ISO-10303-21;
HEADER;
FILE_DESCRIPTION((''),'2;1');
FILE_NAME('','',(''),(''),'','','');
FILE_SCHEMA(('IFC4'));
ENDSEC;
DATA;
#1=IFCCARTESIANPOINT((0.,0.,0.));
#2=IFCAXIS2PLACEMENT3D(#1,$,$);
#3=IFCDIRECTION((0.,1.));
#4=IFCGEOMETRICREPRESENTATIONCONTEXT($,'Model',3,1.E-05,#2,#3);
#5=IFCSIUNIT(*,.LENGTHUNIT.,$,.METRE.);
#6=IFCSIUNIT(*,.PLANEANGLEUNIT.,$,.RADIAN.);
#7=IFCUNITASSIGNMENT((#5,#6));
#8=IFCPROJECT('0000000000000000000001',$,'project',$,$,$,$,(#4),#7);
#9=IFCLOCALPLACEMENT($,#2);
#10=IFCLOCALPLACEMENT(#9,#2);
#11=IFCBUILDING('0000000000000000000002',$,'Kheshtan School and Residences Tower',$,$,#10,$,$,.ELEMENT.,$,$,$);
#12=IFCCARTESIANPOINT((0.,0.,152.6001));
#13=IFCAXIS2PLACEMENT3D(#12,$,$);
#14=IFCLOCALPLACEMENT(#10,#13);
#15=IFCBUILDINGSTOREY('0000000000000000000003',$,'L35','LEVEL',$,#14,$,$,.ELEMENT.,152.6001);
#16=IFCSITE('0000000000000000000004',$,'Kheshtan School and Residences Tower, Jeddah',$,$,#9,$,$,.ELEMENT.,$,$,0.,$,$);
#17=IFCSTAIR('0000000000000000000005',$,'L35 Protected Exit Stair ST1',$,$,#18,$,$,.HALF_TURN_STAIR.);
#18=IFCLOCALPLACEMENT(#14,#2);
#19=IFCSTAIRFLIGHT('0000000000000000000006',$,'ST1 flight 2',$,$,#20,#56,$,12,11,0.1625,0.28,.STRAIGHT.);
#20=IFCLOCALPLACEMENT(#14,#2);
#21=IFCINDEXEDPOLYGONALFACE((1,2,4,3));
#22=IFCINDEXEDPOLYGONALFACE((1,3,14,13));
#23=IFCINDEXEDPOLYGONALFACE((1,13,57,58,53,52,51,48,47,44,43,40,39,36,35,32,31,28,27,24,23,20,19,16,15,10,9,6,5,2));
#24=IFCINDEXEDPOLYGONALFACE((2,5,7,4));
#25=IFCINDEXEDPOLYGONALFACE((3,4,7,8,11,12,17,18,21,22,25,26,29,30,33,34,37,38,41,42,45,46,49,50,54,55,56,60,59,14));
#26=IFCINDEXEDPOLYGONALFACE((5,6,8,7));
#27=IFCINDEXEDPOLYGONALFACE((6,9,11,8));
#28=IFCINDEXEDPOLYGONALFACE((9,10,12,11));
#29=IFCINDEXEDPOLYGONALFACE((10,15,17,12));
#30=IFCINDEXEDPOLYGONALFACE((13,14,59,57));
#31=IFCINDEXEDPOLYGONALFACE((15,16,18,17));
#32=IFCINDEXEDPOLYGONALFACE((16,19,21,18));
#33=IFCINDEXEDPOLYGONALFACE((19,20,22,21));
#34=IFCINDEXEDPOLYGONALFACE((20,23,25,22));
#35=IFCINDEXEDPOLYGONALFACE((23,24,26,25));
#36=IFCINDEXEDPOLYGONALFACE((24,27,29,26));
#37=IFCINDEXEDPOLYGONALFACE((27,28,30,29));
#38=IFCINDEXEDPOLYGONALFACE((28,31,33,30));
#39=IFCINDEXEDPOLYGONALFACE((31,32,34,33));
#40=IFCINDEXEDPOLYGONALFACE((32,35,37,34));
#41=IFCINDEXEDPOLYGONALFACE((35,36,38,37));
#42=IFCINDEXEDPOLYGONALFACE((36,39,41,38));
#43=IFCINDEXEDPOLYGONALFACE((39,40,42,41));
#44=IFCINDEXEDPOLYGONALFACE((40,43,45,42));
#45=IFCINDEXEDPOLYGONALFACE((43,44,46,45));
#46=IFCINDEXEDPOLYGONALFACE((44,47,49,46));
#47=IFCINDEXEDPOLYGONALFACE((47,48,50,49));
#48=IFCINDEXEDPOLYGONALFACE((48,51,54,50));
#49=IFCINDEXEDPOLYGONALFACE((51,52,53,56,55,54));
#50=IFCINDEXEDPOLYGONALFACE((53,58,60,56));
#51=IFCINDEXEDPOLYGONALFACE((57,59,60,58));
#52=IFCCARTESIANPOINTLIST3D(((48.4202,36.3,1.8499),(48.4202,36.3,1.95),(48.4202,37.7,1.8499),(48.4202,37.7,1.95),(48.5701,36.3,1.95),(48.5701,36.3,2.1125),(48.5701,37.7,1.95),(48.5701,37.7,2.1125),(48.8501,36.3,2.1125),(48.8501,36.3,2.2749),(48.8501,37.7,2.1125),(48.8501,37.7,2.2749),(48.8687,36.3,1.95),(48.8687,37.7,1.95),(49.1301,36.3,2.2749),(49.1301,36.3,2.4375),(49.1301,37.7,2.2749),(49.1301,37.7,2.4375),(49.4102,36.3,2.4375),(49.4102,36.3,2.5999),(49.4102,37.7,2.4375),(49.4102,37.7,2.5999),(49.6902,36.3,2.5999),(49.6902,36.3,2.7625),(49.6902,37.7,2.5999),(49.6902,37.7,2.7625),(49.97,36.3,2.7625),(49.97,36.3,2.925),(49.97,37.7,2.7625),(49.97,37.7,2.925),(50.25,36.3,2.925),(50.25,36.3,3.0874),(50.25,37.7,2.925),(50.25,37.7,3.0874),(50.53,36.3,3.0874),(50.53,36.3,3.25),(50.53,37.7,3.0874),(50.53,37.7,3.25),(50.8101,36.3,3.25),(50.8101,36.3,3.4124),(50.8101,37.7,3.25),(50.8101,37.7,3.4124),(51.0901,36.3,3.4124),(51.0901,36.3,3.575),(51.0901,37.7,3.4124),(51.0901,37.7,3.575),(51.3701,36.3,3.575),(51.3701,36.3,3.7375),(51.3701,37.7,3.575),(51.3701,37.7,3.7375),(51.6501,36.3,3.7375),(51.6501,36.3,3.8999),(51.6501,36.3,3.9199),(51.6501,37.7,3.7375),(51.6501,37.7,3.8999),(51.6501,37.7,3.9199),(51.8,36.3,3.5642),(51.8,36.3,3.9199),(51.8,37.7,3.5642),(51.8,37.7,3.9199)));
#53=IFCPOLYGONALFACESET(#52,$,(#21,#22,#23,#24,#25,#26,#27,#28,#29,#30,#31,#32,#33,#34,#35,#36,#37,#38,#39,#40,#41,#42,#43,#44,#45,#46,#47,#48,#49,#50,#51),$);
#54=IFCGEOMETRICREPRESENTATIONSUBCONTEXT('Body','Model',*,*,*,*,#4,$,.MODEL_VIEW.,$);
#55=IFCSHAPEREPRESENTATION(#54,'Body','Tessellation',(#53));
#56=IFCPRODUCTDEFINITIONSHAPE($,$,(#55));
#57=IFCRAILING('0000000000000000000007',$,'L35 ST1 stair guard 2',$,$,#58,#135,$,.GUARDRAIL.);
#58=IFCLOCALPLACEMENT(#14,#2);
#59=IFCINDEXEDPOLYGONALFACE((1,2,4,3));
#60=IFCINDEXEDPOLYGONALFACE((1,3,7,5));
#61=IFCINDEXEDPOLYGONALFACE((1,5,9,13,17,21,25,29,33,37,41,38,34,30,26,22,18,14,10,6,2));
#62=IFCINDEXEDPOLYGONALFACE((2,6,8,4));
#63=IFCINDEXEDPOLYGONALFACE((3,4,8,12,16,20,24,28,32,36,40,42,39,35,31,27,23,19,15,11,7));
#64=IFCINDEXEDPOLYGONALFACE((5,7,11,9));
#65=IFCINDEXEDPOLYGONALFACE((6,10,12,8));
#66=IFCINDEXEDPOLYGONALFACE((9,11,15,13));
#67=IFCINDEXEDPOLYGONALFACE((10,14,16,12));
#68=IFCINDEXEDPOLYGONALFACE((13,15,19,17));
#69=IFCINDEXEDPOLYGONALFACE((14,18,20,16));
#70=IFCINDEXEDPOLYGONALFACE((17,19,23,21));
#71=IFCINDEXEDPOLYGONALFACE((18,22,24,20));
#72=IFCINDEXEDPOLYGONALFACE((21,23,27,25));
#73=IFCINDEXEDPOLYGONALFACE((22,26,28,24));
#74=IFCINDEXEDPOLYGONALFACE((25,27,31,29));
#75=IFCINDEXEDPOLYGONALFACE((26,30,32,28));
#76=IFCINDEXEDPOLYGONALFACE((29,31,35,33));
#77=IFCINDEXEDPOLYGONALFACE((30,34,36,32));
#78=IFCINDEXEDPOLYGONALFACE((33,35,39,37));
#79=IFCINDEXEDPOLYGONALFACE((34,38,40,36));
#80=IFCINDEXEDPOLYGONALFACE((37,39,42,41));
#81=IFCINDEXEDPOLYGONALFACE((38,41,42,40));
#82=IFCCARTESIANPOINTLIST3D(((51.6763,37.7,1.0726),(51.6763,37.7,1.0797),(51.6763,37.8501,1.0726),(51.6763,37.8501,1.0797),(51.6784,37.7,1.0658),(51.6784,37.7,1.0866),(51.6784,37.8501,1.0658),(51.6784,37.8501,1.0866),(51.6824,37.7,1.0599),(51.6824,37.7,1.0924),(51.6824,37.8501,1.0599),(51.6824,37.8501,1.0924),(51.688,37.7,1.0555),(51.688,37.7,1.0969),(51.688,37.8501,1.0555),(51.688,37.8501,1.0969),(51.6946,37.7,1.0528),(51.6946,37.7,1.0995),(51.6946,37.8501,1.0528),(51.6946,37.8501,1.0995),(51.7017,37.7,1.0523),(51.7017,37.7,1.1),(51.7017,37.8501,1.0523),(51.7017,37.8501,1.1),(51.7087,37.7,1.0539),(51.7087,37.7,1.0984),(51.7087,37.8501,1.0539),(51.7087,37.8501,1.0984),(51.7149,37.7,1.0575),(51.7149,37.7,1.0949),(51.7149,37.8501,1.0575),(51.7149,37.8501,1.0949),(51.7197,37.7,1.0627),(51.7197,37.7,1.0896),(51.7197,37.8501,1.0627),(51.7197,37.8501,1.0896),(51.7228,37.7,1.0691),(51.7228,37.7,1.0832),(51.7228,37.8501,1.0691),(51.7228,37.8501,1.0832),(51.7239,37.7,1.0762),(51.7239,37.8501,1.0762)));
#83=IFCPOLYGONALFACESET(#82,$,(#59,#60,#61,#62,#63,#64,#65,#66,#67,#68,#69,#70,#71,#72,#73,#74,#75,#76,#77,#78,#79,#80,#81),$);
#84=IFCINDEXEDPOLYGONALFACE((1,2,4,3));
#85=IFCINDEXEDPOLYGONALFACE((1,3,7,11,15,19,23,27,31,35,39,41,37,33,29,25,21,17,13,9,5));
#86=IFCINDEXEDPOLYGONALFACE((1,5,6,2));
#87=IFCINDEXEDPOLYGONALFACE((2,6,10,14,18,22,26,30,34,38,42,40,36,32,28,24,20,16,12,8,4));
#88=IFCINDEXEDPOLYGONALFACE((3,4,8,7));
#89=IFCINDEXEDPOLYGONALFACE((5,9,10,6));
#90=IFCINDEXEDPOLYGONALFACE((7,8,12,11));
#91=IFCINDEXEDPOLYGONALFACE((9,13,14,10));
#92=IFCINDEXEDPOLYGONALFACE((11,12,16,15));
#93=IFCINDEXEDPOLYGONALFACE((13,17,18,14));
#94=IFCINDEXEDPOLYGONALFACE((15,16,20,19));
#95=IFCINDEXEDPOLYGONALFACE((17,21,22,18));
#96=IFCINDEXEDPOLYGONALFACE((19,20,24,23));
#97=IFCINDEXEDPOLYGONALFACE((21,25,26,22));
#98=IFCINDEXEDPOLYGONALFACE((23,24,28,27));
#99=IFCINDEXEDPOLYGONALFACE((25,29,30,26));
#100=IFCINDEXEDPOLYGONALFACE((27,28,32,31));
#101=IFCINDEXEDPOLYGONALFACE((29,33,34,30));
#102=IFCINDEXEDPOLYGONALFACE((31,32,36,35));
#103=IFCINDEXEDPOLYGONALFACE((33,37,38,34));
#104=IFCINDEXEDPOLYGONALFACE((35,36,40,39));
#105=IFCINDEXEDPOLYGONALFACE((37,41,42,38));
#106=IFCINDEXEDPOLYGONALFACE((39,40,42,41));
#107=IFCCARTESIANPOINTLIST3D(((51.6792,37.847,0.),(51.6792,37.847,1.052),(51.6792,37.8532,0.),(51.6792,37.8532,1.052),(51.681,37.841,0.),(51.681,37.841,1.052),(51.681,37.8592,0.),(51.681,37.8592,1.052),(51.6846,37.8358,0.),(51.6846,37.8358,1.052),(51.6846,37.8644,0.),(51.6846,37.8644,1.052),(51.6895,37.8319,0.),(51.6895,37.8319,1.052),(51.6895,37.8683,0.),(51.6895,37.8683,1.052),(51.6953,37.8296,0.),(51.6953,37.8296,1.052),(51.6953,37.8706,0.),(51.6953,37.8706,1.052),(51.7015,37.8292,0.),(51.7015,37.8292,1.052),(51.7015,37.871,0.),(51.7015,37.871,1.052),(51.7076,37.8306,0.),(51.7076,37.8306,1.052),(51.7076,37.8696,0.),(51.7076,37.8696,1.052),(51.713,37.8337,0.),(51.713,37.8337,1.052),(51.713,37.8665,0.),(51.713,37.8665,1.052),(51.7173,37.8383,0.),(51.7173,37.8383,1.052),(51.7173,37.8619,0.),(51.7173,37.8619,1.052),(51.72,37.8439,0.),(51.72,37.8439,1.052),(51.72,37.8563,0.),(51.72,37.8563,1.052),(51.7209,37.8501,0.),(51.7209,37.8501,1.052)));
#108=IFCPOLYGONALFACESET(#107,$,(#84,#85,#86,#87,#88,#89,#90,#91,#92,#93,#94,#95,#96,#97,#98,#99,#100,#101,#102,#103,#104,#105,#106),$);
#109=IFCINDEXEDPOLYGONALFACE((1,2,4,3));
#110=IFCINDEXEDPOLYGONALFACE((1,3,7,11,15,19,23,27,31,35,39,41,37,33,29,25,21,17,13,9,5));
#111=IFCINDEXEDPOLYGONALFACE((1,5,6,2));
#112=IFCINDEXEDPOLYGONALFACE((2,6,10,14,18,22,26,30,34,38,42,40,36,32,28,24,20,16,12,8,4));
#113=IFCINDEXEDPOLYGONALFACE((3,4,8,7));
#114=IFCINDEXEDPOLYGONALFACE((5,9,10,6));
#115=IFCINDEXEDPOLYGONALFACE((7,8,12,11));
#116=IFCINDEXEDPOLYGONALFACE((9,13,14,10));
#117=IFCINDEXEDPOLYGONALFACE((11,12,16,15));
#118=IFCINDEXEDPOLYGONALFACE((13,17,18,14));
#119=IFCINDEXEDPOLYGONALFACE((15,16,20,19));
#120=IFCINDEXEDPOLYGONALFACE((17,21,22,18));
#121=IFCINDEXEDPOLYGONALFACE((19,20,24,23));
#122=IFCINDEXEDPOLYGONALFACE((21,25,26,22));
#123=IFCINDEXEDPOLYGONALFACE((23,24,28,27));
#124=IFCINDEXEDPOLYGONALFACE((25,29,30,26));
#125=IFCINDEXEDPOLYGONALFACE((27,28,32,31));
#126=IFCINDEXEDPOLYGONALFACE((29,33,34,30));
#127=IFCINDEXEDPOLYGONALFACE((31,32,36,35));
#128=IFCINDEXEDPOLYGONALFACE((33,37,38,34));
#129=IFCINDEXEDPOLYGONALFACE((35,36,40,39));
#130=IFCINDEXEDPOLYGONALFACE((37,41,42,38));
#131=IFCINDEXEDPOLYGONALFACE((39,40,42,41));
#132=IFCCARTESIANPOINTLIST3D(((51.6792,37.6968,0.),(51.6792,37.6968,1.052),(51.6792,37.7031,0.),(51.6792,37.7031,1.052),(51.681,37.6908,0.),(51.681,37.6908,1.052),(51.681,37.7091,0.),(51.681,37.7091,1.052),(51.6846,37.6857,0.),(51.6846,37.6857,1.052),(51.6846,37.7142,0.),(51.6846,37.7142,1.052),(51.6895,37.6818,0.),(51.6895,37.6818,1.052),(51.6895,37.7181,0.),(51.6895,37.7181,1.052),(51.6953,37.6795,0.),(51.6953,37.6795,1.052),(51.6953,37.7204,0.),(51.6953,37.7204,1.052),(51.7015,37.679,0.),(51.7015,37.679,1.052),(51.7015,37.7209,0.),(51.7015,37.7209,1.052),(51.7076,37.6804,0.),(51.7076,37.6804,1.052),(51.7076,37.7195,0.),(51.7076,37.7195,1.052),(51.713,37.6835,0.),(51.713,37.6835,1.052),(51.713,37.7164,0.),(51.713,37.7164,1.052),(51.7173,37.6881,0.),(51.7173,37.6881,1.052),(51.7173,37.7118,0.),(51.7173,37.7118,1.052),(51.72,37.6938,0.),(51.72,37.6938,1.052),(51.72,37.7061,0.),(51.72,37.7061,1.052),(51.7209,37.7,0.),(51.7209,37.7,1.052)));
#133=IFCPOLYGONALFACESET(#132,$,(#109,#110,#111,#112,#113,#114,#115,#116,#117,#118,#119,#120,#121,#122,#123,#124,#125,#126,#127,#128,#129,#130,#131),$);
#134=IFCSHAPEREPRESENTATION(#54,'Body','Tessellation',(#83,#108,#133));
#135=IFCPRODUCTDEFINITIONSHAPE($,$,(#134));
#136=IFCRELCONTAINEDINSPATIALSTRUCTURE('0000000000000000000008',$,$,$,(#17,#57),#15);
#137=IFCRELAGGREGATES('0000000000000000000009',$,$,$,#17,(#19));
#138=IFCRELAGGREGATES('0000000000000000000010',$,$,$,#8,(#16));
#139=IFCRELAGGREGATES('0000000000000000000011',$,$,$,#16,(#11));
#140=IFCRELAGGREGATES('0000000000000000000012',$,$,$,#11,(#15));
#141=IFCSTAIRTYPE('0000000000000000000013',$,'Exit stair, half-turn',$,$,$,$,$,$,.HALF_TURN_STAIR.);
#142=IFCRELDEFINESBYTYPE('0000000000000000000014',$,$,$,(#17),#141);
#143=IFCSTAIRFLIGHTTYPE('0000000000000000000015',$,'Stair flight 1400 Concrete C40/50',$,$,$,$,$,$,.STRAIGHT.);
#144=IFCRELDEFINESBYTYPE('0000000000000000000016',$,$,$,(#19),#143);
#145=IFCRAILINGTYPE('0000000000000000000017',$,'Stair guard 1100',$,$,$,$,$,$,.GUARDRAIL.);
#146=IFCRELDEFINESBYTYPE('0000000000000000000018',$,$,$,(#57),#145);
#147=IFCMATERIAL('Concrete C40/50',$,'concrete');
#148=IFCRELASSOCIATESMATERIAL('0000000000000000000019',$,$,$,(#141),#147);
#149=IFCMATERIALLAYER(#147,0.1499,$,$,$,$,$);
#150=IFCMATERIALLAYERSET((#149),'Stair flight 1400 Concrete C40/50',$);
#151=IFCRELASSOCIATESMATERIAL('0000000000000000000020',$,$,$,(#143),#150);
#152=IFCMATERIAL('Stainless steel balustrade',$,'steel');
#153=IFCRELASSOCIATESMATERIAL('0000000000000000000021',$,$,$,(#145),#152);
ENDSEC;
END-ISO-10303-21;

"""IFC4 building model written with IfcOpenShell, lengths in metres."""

from ifc_helpers import new_model, si_unit, direction, frame, origin, origin_2d, place, context, subcontext, project, spatial, polyline, circle, outline, extrude, material, layer, layer_set, type_object, element, aggregate, save


model = new_model("IFC4")

# Units and contexts
model_context = context("Model", 3, precision=1e-05, world=origin(), true_north=direction((0.0, 1.0)))
body_context = subcontext(model_context, "Body", "Model", "MODEL_VIEW")
ifc_project = project(units=[si_unit("LENGTHUNIT", "METRE"), si_unit("PLANEANGLEUNIT", "RADIAN")], contexts=[model_context])

# Site, building, storey
site_placement = place(None, origin())
site = spatial("IfcSite", under=ifc_project, at=site_placement, Name="Kheshtan School and Residences Tower, Jeddah", CompositionType="ELEMENT", RefElevation=0.0)
building_placement = place(site_placement, origin())
building = spatial("IfcBuilding", under=site, at=building_placement, Name="Kheshtan School and Residences Tower", CompositionType="ELEMENT")
storey_placement = place(building_placement, frame((0.0, 0.0, 152.6001)))
storey = spatial("IfcBuildingStorey", under=building, at=storey_placement, Name="L35", Description="LEVEL", CompositionType="ELEMENT", Elevation=152.6001)

# Shared definitions
ifc_material_1 = material(Name="Concrete C40/50", Category="concrete")

# Stair, stair flight
stair_type = type_object("IfcStairType", Name="Exit stair, half-turn", PredefinedType="HALF_TURN_STAIR", material=ifc_material_1)
stair_placement = place(storey_placement, origin())
stair = element("IfcStair", 1, at=stair_placement, inside=storey, type_object=stair_type, Name="L35 Protected Exit Stair ST1", PredefinedType="HALF_TURN_STAIR")
ifc_layer_1 = layer(ifc_material_1, 0.1499)
ifc_layer_set_1 = layer_set([ifc_layer_1], Name="Stair flight 1400 Concrete C40/50")
stair_flight_type = type_object("IfcStairFlightType", Name="Stair flight 1400 Concrete C40/50", PredefinedType="STRAIGHT", material=ifc_layer_set_1)
stair_flight_1_placement = place(storey_placement, frame((48.5701, 37.0, 1.95), z_axis=(0.0, 0.0, 1.0), x_axis=(1.0, 0.0, 0.0)))
stair_flight_1 = element("IfcStairFlight", 2, at=stair_flight_1_placement, type_object=stair_flight_type, Name="ST1 flight 2", NumberOfRisers=12, NumberOfTreads=11, PredefinedType="STRAIGHT", RiserHeight=0.1625, TreadLength=0.28, context=body_context, shape_type="SweptSolid", body=[
    extrude(outline(polyline([(-0.1499, -0.1001), (-0.1499, 0.0), (0.0, 0.0), (0.0, 0.1626), (0.28, 0.1626), (0.28, 0.325), (0.5601, 0.325), (0.5601, 0.4875), (0.8401, 0.4875), (0.8401, 0.6499), (1.1201, 0.6499), (1.1201, 0.8125), (1.3999, 0.8125), (1.3999, 0.9751), (1.6799, 0.9751), (1.6799, 1.1375), (1.96, 1.1375), (1.96, 1.3), (2.24, 1.3), (2.24, 1.4624), (2.52, 1.4624), (2.52, 1.625), (2.8, 1.625), (2.8, 1.7876), (3.0801, 1.7876), (3.0801, 1.95), (3.0801, 1.97), (3.23, 1.97), (3.23, 1.6143), (0.2986, 0.0), (-0.1499, -0.1001)])), frame((0.0, 0.7, 0.0), z_axis=(0.0, -1.0, 0.0), x_axis=(1.0, 0.0, 0.0)), (0.0, 0.0, 1.0), 1.3999),
])
aggregate(stair, [stair_flight_1])

# Railing
ifc_material_2 = material(Name="Stainless steel balustrade", Category="steel")
railing_type_1 = type_object("IfcRailingType", Name="Stair guard 1100", PredefinedType="GUARDRAIL", material=ifc_material_2)
railing_1_placement = place(storey_placement, frame((51.7, 37.8501, 0.0)))
element("IfcRailing", 3, at=railing_1_placement, inside=storey, type_object=railing_type_1, Name="L35 ST1 stair guard 2", PredefinedType="GUARDRAIL", context=body_context, shape_type="SweptSolid", body=[
    extrude(circle(Radius=0.0239, at=origin_2d()), frame((0.0, 0.0, 1.0762), z_axis=(0.0, -1.0, 0.0), x_axis=(1.0, 0.0, 0.0)), (0.0, 0.0, 1.0), 0.1501),
    extrude(circle(Radius=0.021, at=origin_2d()), origin(), (0.0, 0.0, 1.0), 1.052),
    extrude(circle(Radius=0.021, at=origin_2d()), frame((0.0, -0.1501, 0.0)), (0.0, 0.0, 1.0), 1.052),
])

save(model, "model.ifc")
